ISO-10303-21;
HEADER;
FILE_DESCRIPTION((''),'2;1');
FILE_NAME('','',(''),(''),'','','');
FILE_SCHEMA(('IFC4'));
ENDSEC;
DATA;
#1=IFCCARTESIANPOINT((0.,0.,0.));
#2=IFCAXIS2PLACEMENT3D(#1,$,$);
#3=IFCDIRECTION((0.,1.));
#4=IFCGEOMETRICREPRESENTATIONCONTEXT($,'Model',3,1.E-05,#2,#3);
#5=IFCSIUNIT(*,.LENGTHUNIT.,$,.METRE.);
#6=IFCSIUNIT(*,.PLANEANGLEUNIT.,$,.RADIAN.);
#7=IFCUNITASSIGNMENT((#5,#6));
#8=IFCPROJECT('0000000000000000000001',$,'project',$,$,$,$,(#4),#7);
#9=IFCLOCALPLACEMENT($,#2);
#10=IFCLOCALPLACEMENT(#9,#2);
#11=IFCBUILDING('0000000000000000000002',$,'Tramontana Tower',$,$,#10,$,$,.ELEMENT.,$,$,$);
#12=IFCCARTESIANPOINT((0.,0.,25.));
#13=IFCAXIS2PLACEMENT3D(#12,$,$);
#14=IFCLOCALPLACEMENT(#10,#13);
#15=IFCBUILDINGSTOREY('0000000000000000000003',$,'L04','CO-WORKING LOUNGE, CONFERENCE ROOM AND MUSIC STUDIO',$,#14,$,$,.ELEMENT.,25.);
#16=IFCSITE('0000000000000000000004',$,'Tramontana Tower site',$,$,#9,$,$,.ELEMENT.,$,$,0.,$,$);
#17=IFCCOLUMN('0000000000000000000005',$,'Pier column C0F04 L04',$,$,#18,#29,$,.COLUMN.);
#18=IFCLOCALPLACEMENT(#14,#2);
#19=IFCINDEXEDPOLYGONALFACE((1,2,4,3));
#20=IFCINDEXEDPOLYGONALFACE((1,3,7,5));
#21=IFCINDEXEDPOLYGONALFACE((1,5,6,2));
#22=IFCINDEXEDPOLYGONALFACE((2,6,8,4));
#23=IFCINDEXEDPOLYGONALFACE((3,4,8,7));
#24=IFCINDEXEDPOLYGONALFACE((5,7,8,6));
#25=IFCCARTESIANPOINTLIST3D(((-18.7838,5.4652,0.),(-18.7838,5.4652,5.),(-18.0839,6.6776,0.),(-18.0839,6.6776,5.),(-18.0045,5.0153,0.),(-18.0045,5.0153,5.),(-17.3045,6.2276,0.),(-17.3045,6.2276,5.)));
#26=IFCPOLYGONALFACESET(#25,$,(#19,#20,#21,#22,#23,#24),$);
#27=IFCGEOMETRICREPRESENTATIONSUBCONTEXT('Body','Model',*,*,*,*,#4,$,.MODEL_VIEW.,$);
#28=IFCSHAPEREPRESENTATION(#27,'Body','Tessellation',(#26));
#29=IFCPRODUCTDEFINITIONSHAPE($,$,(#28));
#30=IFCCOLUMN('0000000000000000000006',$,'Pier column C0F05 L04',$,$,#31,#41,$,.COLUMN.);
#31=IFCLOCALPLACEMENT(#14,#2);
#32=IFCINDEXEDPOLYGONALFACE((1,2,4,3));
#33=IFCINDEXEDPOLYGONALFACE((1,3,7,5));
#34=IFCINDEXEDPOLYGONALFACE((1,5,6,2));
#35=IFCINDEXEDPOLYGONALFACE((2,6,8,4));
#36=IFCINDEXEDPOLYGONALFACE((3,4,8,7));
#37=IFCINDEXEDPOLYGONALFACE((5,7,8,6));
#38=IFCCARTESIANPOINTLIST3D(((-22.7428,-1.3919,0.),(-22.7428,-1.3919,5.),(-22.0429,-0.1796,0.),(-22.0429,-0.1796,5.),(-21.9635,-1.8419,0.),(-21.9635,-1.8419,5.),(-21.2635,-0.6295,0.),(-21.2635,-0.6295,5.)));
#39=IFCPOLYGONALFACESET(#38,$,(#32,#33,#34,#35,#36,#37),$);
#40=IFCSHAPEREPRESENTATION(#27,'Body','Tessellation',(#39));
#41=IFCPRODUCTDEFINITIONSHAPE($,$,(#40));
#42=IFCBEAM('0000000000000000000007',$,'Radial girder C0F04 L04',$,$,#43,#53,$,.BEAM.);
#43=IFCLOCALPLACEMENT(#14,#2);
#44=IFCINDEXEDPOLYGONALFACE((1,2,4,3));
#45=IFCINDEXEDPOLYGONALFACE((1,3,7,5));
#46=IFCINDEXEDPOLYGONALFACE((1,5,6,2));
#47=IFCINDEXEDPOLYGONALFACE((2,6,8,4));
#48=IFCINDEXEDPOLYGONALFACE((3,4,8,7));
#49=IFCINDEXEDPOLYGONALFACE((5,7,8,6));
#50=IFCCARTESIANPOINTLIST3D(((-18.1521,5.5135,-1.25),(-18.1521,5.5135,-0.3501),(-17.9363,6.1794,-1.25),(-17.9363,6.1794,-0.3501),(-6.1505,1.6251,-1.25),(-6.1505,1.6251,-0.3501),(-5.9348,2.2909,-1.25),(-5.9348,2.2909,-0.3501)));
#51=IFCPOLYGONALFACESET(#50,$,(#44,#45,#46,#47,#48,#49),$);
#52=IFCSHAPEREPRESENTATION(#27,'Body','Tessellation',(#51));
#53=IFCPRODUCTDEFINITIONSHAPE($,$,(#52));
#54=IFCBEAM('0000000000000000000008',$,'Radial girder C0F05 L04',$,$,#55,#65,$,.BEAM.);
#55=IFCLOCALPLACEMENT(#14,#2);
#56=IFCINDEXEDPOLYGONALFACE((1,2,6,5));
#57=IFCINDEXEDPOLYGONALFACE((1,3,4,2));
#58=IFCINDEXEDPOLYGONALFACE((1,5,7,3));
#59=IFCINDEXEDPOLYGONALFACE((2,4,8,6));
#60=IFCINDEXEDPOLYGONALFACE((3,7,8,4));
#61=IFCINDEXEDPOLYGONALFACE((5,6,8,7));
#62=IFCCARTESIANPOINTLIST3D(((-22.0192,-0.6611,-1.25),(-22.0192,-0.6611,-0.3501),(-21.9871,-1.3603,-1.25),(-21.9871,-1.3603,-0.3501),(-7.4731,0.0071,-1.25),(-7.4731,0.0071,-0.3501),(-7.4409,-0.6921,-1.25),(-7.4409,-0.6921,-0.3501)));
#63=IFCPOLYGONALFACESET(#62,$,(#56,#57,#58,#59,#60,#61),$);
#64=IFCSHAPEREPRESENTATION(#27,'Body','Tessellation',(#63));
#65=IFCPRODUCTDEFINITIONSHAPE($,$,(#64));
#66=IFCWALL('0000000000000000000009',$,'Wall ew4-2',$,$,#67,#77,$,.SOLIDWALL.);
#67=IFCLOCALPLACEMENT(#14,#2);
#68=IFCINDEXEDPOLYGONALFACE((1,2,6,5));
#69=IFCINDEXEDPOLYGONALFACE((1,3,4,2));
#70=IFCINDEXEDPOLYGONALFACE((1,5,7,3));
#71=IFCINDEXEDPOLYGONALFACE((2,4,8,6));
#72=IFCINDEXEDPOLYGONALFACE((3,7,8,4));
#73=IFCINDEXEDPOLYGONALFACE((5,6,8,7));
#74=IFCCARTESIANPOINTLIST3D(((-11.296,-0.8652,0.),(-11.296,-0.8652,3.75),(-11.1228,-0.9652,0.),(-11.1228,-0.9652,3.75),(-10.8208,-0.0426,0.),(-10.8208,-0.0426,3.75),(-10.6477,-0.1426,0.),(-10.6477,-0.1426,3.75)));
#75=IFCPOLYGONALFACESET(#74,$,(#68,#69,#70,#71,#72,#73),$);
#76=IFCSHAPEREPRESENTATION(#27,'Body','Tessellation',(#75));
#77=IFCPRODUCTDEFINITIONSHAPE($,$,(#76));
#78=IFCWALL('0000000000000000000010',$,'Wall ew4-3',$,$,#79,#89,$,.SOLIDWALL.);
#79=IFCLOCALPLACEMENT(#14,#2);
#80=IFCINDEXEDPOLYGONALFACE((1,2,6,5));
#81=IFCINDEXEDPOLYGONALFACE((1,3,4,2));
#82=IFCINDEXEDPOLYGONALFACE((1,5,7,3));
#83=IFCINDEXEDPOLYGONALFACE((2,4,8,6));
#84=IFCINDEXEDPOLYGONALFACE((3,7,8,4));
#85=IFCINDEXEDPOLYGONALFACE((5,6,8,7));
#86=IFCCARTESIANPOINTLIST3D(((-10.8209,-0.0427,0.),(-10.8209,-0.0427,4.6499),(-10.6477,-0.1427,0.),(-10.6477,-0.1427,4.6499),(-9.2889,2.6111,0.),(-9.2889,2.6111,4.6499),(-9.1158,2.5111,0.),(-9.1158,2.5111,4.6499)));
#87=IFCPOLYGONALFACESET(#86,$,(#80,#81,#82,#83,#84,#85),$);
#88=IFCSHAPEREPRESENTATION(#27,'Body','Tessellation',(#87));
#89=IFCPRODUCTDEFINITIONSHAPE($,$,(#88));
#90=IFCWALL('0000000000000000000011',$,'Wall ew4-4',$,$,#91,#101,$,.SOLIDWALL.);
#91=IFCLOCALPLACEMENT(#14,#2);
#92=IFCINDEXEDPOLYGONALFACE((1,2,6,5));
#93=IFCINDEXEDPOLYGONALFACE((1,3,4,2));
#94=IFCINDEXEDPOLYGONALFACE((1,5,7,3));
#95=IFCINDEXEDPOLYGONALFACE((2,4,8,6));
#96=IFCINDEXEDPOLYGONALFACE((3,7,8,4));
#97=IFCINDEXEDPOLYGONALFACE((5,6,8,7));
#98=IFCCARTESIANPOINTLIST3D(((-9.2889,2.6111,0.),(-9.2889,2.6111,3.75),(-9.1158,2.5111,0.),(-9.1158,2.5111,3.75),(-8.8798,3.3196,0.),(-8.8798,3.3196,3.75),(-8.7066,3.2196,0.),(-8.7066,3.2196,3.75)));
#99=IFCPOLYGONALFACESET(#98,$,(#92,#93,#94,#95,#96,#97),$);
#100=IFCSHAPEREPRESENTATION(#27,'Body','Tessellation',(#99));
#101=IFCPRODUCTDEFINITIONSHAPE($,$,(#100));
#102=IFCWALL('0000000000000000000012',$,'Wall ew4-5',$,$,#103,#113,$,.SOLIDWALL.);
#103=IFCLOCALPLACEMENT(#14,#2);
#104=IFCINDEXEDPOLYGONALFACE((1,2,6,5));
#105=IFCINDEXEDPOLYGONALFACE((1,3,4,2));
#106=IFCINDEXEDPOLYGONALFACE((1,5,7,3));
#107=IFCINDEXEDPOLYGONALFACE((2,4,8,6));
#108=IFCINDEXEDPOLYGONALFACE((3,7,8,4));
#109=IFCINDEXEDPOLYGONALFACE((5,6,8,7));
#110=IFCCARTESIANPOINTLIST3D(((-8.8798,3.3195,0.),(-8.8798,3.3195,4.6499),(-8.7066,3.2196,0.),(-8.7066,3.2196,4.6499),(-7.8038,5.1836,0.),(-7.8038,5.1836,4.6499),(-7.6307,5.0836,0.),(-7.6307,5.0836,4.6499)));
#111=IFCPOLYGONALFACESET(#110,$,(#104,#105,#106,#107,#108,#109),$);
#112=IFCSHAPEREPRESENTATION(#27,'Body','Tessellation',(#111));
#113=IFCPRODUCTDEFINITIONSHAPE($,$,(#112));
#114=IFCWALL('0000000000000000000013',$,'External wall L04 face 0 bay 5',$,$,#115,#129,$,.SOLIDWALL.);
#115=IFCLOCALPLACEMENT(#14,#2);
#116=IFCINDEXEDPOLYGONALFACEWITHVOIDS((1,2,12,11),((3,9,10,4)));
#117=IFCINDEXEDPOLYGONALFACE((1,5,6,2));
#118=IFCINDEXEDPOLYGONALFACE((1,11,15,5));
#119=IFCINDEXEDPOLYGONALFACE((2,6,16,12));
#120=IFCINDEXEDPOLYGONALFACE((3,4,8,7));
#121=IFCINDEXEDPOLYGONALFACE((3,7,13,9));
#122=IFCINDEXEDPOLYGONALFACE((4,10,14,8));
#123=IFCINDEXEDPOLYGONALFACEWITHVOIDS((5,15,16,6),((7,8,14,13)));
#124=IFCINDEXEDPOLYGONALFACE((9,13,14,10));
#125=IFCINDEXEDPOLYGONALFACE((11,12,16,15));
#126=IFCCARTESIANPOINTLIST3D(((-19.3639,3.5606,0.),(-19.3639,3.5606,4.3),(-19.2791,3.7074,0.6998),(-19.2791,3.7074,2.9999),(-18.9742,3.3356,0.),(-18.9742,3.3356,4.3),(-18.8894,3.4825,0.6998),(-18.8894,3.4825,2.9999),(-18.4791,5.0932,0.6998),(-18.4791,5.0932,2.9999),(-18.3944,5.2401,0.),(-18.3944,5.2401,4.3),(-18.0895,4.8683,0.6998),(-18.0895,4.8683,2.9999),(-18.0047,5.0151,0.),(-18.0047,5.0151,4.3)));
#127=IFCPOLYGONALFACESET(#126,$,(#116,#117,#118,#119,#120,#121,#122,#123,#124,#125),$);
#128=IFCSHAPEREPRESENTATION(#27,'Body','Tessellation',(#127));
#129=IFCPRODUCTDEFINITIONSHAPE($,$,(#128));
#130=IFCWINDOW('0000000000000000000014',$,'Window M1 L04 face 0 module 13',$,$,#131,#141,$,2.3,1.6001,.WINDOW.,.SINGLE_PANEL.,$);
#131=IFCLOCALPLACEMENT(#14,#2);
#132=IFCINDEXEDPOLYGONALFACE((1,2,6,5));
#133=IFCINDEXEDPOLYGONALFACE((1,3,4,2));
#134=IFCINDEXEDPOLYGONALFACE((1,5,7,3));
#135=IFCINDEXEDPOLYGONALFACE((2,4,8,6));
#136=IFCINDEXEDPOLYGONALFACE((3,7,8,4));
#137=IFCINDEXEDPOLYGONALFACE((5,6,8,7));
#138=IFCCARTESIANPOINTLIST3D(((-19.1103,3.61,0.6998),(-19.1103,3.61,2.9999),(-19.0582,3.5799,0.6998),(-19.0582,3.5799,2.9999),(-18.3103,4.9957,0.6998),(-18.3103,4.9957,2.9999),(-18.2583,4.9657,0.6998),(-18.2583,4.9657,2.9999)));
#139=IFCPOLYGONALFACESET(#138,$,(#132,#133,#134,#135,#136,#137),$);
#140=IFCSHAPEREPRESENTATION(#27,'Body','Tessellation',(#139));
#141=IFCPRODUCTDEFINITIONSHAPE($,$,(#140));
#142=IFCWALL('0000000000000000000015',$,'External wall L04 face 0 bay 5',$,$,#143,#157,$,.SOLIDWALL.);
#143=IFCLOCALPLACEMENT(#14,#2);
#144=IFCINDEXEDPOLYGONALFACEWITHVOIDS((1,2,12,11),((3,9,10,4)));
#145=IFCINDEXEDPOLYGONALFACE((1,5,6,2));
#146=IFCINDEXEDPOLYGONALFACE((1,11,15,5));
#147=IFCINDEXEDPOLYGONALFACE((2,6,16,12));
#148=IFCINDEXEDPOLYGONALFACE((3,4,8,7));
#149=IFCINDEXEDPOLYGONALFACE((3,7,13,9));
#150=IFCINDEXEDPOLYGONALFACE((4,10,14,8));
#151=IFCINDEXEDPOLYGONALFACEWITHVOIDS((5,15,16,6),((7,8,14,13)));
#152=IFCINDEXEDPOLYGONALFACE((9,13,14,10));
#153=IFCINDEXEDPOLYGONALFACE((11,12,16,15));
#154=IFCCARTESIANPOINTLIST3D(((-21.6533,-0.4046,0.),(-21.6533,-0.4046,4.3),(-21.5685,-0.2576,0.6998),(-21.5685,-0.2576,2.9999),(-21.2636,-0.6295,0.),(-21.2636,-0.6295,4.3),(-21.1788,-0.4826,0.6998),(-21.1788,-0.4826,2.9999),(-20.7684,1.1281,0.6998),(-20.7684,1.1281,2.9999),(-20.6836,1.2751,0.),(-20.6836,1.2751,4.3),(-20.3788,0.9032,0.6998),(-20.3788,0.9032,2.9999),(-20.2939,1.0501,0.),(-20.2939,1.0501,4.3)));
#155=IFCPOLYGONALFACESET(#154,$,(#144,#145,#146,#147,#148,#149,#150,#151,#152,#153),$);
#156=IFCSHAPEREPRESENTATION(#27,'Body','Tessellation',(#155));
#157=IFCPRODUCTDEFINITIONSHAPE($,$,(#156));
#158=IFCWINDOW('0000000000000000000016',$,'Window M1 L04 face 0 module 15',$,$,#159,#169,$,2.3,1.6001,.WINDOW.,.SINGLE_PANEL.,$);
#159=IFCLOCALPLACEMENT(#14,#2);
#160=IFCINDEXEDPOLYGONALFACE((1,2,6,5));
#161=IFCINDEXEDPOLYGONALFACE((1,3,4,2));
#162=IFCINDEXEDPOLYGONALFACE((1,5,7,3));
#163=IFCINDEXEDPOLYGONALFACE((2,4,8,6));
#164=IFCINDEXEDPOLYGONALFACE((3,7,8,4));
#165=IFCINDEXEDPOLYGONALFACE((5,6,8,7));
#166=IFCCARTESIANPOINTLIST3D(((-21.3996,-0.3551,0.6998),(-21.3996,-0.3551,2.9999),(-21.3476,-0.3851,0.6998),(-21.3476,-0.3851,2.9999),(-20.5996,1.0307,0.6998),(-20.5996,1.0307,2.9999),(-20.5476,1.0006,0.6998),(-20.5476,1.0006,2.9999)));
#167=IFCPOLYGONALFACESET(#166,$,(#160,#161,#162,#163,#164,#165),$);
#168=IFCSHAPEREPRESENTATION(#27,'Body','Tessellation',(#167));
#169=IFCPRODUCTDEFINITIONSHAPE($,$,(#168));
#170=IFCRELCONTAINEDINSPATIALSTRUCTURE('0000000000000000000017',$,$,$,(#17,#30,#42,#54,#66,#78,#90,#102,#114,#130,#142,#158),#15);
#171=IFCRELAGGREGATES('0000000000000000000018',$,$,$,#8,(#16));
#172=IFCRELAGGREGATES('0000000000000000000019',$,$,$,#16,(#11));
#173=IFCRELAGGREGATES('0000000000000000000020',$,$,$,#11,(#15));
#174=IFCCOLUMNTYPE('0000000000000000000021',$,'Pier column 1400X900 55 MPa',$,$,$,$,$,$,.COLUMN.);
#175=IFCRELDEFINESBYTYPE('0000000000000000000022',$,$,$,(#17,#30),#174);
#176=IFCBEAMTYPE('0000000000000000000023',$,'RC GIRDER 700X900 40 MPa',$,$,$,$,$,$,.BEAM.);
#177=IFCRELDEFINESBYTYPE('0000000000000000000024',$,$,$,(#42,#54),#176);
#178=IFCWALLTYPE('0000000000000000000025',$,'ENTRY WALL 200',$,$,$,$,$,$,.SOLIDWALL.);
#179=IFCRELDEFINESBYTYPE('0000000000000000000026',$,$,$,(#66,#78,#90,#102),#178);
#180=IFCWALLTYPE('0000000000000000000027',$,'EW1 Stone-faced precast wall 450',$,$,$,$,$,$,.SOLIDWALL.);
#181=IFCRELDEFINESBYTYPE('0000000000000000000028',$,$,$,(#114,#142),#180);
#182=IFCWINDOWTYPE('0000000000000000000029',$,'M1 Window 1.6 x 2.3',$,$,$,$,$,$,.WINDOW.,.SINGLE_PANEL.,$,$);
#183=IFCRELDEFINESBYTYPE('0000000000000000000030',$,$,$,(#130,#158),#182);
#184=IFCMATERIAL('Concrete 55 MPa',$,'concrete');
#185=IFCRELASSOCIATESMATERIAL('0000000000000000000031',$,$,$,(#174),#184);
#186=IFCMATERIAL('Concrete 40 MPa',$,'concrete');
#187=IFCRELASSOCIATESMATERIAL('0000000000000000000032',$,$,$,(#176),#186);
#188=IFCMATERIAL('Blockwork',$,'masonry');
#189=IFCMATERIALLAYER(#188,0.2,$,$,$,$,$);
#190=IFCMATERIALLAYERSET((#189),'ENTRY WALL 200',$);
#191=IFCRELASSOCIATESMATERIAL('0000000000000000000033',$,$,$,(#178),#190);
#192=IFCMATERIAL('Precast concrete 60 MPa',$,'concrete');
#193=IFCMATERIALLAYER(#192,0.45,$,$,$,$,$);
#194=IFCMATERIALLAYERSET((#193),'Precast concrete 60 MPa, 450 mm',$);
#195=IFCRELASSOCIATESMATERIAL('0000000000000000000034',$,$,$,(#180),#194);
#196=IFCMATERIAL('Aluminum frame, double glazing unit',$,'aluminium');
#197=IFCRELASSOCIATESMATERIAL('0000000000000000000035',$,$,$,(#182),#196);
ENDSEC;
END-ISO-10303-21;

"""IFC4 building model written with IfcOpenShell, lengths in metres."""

from ifc_helpers import new_model, si_unit, direction, frame, frame_2d, origin, origin_2d, place, context, subcontext, project, spatial, rectangle, extrude, material, layer, layer_set, material_profile, profile_set, type_object, element, fill, save


model = new_model("IFC4")

# Units and contexts
model_context = context("Model", 3, precision=1e-05, world=origin(), true_north=direction((0.0, 1.0)))
body_context = subcontext(model_context, "Body", "Model", "MODEL_VIEW")
ifc_project = project(units=[si_unit("LENGTHUNIT", "METRE"), si_unit("PLANEANGLEUNIT", "RADIAN")], contexts=[model_context])

# Site, building, storey
site_placement = place(None, origin())
site = spatial("IfcSite", under=ifc_project, at=site_placement, Name="Tramontana Tower site", CompositionType="ELEMENT", RefElevation=0.0)
building_placement = place(site_placement, origin())
building = spatial("IfcBuilding", under=site, at=building_placement, Name="Tramontana Tower", CompositionType="ELEMENT")
storey_placement = place(building_placement, frame((0.0, 0.0, 25.0)))
storey = spatial("IfcBuildingStorey", under=building, at=storey_placement, Name="L04", Description="CO-WORKING LOUNGE, CONFERENCE ROOM AND MUSIC STUDIO", CompositionType="ELEMENT", Elevation=25.0)

# Columns
ifc_material_1 = material(Name="Concrete 55 MPa", Category="concrete")
ifc_material_profile_1 = material_profile(ifc_material_1, rectangle(XDim=1.3999, YDim=0.8999, at=origin_2d()), Name="Pier column 1400X900 55 MPa")
ifc_profile_set_1 = profile_set([ifc_material_profile_1], Name="Concrete 55 MPa")
column_type = type_object("IfcColumnType", Name="Pier column 1400X900 55 MPa", PredefinedType="COLUMN", material=ifc_profile_set_1)
for number, where, z_axis, x_axis, name in (
    (1, (-18.0442, 5.8464, 0.0), (0.0, 0.0, 1.0), (-0.5, -0.866025, 0.0), "Pier column C0F04 L04"),
    (2, (-22.0032, -1.0107, 0.0), (0.0, 0.0, 1.0), (-0.5, -0.866025, 0.0), "Pier column C0F05 L04"),
):
    element("IfcColumn", number, at=place(storey_placement, frame(where, z_axis=z_axis, x_axis=x_axis)), inside=storey, type_object=column_type, Name=name, PredefinedType="COLUMN", context=body_context, shape_type="SweptSolid", body=[
        extrude(rectangle(XDim=1.3999, YDim=0.8999, at=origin_2d()), origin(), (0.0, 0.0, 1.0), 5.0),
    ])

# Beams
ifc_material_2 = material(Name="Concrete 40 MPa", Category="concrete")
ifc_material_profile_2 = material_profile(ifc_material_2, rectangle(XDim=0.7, YDim=0.8999, at=origin_2d()), Name="RC GIRDER 700X900 40 MPa")
ifc_profile_set_2 = profile_set([ifc_material_profile_2], Name="Concrete 40 MPa")
beam_type = type_object("IfcBeamType", Name="RC GIRDER 700X900 40 MPa", PredefinedType="BEAM", material=ifc_profile_set_2)
beam_1_placement = place(storey_placement, frame((-18.0442, 5.8464, -0.8), z_axis=(0.951314, -0.308222, 0.0), x_axis=(0.308222, 0.951314, 0.0)))
element("IfcBeam", 3, at=beam_1_placement, inside=storey, type_object=beam_type, Name="Radial girder C0F04 L04", PredefinedType="BEAM", context=body_context, shape_type="SweptSolid", body=[
    extrude(rectangle(XDim=0.7, YDim=0.8999, at=origin_2d()), origin(), (0.0, 0.0, 1.0), 12.6157),
])
beam_2_placement = place(storey_placement, frame((-22.0032, -1.0107, -0.8), z_axis=(0.998947, 0.045889, 0.0), x_axis=(-0.045889, 0.998947, 0.0)))
element("IfcBeam", 4, at=beam_2_placement, inside=storey, type_object=beam_type, Name="Radial girder C0F05 L04", PredefinedType="BEAM", context=body_context, shape_type="SweptSolid", body=[
    extrude(rectangle(XDim=0.7, YDim=0.8999, at=origin_2d()), origin(), (0.0, 0.0, 1.0), 14.5615),
])

# Walls
ifc_material_3 = material(Name="Blockwork", Category="masonry")
ifc_layer_1 = layer(ifc_material_3, 0.2)
ifc_layer_set_1 = layer_set([ifc_layer_1], Name="ENTRY WALL 200")
wall_type_1 = type_object("IfcWallType", Name="ENTRY WALL 200", PredefinedType="SOLIDWALL", material=ifc_layer_set_1)
wall_1_placement = place(storey_placement, frame((-11.2095, -0.9153, 0.0), z_axis=(0.0, 0.0, 1.0), x_axis=(0.500175, 0.865924, 0.0)))
element("IfcWall", 5, at=wall_1_placement, inside=storey, type_object=wall_type_1, Name="Wall ew4-2", PredefinedType="SOLIDWALL", context=body_context, shape_type="SweptSolid", body=[
    extrude(rectangle(XDim=0.95, YDim=0.2, at=frame_2d((0.4751, 0.0))), origin(), (0.0, 0.0, 1.0), 3.75),
])
wall_2_placement = place(storey_placement, frame((-10.7344, -0.0928, 0.0), z_axis=(0.0, 0.0, 1.0), x_axis=(0.499952, 0.866053, 0.0)))
element("IfcWall", 6, at=wall_2_placement, inside=storey, type_object=wall_type_1, Name="Wall ew4-3", PredefinedType="SOLIDWALL", context=body_context, shape_type="SweptSolid", body=[
    extrude(rectangle(XDim=3.0642, YDim=0.2, at=frame_2d((1.5322, 0.0))), origin(), (0.0, 0.0, 1.0), 4.6499),
])
wall_3_placement = place(storey_placement, frame((-9.2024, 2.561, 0.0), z_axis=(0.0, 0.0, 1.0), x_axis=(0.500119, 0.865957, 0.0)))
element("IfcWall", 7, at=wall_3_placement, inside=storey, type_object=wall_type_1, Name="Wall ew4-4", PredefinedType="SOLIDWALL", context=body_context, shape_type="SweptSolid", body=[
    extrude(rectangle(XDim=0.8181, YDim=0.2, at=frame_2d((0.4092, 0.0))), origin(), (0.0, 0.0, 1.0), 3.75),
])
wall_4_placement = place(storey_placement, frame((-8.7932, 3.2695, 0.0), z_axis=(0.0, 0.0, 1.0), x_axis=(0.499909, 0.866078, 0.0)))
element("IfcWall", 8, at=wall_4_placement, inside=storey, type_object=wall_type_1, Name="Wall ew4-5", PredefinedType="SOLIDWALL", context=body_context, shape_type="SweptSolid", body=[
    extrude(rectangle(XDim=2.1523, YDim=0.2, at=frame_2d((1.0762, 0.0))), origin(), (0.0, 0.0, 1.0), 4.6499),
])

# Walls, openings, windows
ifc_material_4 = material(Name="Precast concrete 60 MPa", Category="concrete")
ifc_layer_2 = layer(ifc_material_4, 0.45)
ifc_layer_set_2 = layer_set([ifc_layer_2], Name="Precast concrete 60 MPa, 450 mm")
wall_type_2 = type_object("IfcWallType", Name="EW1 Stone-faced precast wall 450", PredefinedType="SOLIDWALL", material=ifc_layer_set_2)
wall_5_placement = place(storey_placement, frame((-18.1995, 5.1277, 0.0), z_axis=(0.0, 0.0, 1.0), x_axis=(-0.499944, -0.866058, 0.0)))
wall_5 = element("IfcWall", 9, at=wall_5_placement, inside=storey, type_object=wall_type_2, Name="External wall L04 face 0 bay 5", PredefinedType="SOLIDWALL", context=body_context, shape_type="SweptSolid", body=[
    extrude(rectangle(XDim=1.9392, YDim=0.45, at=frame_2d((0.9697, 0.0))), origin(), (0.0, 0.0, 1.0), 4.3),
])
opening_1_placement = place(wall_5_placement, frame((0.1697, 0.0, 0.7)))
opening_1 = element("IfcOpeningElement", 10, at=opening_1_placement, cuts=wall_5, PredefinedType="OPENING", context=body_context, shape_type="SweptSolid", body=[
    extrude(rectangle(XDim=1.6001, YDim=2.3, at=frame_2d((0.8, 1.1499))), frame((0.0, 0.2349, 0.0), z_axis=(0.0, -1.0, 0.0), x_axis=(1.0, 0.0, 0.0)), (0.0, 0.0, 1.0), 0.47),
])
ifc_material_5 = material(Name="Aluminum frame, double glazing unit", Category="aluminium")
window_type_1 = type_object("IfcWindowType", Name="M1 Window 1.6 x 2.3", PartitioningType="SINGLE_PANEL", PredefinedType="WINDOW", material=ifc_material_5)
window_1_placement = place(opening_1_placement, origin())
window_1 = element("IfcWindow", 11, at=window_1_placement, inside=storey, type_object=window_type_1, Name="Window M1 L04 face 0 module 13", OverallHeight=2.3, OverallWidth=1.6001, PartitioningType="SINGLE_PANEL", PredefinedType="WINDOW", context=body_context, shape_type="SweptSolid", body=[
    extrude(rectangle(XDim=1.6001, YDim=2.3, at=frame_2d((0.8, 1.1499))), frame((0.0, 0.03, 0.0), z_axis=(0.0, -1.0, 0.0), x_axis=(1.0, 0.0, 0.0)), (0.0, 0.0, 1.0), 0.0601),
])
fill(opening_1, window_1)
wall_6_placement = place(storey_placement, frame((-20.4888, 1.1626, 0.0), z_axis=(0.0, 0.0, 1.0), x_axis=(-0.499984, -0.866035, 0.0)))
wall_6 = element("IfcWall", 12, at=wall_6_placement, inside=storey, type_object=wall_type_2, Name="External wall L04 face 0 bay 5", PredefinedType="SOLIDWALL", context=body_context, shape_type="SweptSolid", body=[
    extrude(rectangle(XDim=1.9395, YDim=0.45, at=frame_2d((0.9697, 0.0))), origin(), (0.0, 0.0, 1.0), 4.3),
])
opening_2_placement = place(wall_6_placement, frame((0.1697, 0.0, 0.7)))
opening_2 = element("IfcOpeningElement", 13, at=opening_2_placement, cuts=wall_6, PredefinedType="OPENING", context=body_context, shape_type="SweptSolid", body=[
    extrude(rectangle(XDim=1.6001, YDim=2.3, at=frame_2d((0.8, 1.1499))), frame((0.0, 0.2349, 0.0), z_axis=(0.0, -1.0, 0.0), x_axis=(1.0, 0.0, 0.0)), (0.0, 0.0, 1.0), 0.47),
])
window_2_placement = place(opening_2_placement, origin())
window_2 = element("IfcWindow", 14, at=window_2_placement, inside=storey, type_object=window_type_1, Name="Window M1 L04 face 0 module 15", OverallHeight=2.3, OverallWidth=1.6001, PartitioningType="SINGLE_PANEL", PredefinedType="WINDOW", context=body_context, shape_type="SweptSolid", body=[
    extrude(rectangle(XDim=1.6001, YDim=2.3, at=frame_2d((0.8, 1.1499))), frame((0.0, 0.03, 0.0), z_axis=(0.0, -1.0, 0.0), x_axis=(1.0, 0.0, 0.0)), (0.0, 0.0, 1.0), 0.0601),
])
fill(opening_2, window_2)

save(model, "model.ifc")
